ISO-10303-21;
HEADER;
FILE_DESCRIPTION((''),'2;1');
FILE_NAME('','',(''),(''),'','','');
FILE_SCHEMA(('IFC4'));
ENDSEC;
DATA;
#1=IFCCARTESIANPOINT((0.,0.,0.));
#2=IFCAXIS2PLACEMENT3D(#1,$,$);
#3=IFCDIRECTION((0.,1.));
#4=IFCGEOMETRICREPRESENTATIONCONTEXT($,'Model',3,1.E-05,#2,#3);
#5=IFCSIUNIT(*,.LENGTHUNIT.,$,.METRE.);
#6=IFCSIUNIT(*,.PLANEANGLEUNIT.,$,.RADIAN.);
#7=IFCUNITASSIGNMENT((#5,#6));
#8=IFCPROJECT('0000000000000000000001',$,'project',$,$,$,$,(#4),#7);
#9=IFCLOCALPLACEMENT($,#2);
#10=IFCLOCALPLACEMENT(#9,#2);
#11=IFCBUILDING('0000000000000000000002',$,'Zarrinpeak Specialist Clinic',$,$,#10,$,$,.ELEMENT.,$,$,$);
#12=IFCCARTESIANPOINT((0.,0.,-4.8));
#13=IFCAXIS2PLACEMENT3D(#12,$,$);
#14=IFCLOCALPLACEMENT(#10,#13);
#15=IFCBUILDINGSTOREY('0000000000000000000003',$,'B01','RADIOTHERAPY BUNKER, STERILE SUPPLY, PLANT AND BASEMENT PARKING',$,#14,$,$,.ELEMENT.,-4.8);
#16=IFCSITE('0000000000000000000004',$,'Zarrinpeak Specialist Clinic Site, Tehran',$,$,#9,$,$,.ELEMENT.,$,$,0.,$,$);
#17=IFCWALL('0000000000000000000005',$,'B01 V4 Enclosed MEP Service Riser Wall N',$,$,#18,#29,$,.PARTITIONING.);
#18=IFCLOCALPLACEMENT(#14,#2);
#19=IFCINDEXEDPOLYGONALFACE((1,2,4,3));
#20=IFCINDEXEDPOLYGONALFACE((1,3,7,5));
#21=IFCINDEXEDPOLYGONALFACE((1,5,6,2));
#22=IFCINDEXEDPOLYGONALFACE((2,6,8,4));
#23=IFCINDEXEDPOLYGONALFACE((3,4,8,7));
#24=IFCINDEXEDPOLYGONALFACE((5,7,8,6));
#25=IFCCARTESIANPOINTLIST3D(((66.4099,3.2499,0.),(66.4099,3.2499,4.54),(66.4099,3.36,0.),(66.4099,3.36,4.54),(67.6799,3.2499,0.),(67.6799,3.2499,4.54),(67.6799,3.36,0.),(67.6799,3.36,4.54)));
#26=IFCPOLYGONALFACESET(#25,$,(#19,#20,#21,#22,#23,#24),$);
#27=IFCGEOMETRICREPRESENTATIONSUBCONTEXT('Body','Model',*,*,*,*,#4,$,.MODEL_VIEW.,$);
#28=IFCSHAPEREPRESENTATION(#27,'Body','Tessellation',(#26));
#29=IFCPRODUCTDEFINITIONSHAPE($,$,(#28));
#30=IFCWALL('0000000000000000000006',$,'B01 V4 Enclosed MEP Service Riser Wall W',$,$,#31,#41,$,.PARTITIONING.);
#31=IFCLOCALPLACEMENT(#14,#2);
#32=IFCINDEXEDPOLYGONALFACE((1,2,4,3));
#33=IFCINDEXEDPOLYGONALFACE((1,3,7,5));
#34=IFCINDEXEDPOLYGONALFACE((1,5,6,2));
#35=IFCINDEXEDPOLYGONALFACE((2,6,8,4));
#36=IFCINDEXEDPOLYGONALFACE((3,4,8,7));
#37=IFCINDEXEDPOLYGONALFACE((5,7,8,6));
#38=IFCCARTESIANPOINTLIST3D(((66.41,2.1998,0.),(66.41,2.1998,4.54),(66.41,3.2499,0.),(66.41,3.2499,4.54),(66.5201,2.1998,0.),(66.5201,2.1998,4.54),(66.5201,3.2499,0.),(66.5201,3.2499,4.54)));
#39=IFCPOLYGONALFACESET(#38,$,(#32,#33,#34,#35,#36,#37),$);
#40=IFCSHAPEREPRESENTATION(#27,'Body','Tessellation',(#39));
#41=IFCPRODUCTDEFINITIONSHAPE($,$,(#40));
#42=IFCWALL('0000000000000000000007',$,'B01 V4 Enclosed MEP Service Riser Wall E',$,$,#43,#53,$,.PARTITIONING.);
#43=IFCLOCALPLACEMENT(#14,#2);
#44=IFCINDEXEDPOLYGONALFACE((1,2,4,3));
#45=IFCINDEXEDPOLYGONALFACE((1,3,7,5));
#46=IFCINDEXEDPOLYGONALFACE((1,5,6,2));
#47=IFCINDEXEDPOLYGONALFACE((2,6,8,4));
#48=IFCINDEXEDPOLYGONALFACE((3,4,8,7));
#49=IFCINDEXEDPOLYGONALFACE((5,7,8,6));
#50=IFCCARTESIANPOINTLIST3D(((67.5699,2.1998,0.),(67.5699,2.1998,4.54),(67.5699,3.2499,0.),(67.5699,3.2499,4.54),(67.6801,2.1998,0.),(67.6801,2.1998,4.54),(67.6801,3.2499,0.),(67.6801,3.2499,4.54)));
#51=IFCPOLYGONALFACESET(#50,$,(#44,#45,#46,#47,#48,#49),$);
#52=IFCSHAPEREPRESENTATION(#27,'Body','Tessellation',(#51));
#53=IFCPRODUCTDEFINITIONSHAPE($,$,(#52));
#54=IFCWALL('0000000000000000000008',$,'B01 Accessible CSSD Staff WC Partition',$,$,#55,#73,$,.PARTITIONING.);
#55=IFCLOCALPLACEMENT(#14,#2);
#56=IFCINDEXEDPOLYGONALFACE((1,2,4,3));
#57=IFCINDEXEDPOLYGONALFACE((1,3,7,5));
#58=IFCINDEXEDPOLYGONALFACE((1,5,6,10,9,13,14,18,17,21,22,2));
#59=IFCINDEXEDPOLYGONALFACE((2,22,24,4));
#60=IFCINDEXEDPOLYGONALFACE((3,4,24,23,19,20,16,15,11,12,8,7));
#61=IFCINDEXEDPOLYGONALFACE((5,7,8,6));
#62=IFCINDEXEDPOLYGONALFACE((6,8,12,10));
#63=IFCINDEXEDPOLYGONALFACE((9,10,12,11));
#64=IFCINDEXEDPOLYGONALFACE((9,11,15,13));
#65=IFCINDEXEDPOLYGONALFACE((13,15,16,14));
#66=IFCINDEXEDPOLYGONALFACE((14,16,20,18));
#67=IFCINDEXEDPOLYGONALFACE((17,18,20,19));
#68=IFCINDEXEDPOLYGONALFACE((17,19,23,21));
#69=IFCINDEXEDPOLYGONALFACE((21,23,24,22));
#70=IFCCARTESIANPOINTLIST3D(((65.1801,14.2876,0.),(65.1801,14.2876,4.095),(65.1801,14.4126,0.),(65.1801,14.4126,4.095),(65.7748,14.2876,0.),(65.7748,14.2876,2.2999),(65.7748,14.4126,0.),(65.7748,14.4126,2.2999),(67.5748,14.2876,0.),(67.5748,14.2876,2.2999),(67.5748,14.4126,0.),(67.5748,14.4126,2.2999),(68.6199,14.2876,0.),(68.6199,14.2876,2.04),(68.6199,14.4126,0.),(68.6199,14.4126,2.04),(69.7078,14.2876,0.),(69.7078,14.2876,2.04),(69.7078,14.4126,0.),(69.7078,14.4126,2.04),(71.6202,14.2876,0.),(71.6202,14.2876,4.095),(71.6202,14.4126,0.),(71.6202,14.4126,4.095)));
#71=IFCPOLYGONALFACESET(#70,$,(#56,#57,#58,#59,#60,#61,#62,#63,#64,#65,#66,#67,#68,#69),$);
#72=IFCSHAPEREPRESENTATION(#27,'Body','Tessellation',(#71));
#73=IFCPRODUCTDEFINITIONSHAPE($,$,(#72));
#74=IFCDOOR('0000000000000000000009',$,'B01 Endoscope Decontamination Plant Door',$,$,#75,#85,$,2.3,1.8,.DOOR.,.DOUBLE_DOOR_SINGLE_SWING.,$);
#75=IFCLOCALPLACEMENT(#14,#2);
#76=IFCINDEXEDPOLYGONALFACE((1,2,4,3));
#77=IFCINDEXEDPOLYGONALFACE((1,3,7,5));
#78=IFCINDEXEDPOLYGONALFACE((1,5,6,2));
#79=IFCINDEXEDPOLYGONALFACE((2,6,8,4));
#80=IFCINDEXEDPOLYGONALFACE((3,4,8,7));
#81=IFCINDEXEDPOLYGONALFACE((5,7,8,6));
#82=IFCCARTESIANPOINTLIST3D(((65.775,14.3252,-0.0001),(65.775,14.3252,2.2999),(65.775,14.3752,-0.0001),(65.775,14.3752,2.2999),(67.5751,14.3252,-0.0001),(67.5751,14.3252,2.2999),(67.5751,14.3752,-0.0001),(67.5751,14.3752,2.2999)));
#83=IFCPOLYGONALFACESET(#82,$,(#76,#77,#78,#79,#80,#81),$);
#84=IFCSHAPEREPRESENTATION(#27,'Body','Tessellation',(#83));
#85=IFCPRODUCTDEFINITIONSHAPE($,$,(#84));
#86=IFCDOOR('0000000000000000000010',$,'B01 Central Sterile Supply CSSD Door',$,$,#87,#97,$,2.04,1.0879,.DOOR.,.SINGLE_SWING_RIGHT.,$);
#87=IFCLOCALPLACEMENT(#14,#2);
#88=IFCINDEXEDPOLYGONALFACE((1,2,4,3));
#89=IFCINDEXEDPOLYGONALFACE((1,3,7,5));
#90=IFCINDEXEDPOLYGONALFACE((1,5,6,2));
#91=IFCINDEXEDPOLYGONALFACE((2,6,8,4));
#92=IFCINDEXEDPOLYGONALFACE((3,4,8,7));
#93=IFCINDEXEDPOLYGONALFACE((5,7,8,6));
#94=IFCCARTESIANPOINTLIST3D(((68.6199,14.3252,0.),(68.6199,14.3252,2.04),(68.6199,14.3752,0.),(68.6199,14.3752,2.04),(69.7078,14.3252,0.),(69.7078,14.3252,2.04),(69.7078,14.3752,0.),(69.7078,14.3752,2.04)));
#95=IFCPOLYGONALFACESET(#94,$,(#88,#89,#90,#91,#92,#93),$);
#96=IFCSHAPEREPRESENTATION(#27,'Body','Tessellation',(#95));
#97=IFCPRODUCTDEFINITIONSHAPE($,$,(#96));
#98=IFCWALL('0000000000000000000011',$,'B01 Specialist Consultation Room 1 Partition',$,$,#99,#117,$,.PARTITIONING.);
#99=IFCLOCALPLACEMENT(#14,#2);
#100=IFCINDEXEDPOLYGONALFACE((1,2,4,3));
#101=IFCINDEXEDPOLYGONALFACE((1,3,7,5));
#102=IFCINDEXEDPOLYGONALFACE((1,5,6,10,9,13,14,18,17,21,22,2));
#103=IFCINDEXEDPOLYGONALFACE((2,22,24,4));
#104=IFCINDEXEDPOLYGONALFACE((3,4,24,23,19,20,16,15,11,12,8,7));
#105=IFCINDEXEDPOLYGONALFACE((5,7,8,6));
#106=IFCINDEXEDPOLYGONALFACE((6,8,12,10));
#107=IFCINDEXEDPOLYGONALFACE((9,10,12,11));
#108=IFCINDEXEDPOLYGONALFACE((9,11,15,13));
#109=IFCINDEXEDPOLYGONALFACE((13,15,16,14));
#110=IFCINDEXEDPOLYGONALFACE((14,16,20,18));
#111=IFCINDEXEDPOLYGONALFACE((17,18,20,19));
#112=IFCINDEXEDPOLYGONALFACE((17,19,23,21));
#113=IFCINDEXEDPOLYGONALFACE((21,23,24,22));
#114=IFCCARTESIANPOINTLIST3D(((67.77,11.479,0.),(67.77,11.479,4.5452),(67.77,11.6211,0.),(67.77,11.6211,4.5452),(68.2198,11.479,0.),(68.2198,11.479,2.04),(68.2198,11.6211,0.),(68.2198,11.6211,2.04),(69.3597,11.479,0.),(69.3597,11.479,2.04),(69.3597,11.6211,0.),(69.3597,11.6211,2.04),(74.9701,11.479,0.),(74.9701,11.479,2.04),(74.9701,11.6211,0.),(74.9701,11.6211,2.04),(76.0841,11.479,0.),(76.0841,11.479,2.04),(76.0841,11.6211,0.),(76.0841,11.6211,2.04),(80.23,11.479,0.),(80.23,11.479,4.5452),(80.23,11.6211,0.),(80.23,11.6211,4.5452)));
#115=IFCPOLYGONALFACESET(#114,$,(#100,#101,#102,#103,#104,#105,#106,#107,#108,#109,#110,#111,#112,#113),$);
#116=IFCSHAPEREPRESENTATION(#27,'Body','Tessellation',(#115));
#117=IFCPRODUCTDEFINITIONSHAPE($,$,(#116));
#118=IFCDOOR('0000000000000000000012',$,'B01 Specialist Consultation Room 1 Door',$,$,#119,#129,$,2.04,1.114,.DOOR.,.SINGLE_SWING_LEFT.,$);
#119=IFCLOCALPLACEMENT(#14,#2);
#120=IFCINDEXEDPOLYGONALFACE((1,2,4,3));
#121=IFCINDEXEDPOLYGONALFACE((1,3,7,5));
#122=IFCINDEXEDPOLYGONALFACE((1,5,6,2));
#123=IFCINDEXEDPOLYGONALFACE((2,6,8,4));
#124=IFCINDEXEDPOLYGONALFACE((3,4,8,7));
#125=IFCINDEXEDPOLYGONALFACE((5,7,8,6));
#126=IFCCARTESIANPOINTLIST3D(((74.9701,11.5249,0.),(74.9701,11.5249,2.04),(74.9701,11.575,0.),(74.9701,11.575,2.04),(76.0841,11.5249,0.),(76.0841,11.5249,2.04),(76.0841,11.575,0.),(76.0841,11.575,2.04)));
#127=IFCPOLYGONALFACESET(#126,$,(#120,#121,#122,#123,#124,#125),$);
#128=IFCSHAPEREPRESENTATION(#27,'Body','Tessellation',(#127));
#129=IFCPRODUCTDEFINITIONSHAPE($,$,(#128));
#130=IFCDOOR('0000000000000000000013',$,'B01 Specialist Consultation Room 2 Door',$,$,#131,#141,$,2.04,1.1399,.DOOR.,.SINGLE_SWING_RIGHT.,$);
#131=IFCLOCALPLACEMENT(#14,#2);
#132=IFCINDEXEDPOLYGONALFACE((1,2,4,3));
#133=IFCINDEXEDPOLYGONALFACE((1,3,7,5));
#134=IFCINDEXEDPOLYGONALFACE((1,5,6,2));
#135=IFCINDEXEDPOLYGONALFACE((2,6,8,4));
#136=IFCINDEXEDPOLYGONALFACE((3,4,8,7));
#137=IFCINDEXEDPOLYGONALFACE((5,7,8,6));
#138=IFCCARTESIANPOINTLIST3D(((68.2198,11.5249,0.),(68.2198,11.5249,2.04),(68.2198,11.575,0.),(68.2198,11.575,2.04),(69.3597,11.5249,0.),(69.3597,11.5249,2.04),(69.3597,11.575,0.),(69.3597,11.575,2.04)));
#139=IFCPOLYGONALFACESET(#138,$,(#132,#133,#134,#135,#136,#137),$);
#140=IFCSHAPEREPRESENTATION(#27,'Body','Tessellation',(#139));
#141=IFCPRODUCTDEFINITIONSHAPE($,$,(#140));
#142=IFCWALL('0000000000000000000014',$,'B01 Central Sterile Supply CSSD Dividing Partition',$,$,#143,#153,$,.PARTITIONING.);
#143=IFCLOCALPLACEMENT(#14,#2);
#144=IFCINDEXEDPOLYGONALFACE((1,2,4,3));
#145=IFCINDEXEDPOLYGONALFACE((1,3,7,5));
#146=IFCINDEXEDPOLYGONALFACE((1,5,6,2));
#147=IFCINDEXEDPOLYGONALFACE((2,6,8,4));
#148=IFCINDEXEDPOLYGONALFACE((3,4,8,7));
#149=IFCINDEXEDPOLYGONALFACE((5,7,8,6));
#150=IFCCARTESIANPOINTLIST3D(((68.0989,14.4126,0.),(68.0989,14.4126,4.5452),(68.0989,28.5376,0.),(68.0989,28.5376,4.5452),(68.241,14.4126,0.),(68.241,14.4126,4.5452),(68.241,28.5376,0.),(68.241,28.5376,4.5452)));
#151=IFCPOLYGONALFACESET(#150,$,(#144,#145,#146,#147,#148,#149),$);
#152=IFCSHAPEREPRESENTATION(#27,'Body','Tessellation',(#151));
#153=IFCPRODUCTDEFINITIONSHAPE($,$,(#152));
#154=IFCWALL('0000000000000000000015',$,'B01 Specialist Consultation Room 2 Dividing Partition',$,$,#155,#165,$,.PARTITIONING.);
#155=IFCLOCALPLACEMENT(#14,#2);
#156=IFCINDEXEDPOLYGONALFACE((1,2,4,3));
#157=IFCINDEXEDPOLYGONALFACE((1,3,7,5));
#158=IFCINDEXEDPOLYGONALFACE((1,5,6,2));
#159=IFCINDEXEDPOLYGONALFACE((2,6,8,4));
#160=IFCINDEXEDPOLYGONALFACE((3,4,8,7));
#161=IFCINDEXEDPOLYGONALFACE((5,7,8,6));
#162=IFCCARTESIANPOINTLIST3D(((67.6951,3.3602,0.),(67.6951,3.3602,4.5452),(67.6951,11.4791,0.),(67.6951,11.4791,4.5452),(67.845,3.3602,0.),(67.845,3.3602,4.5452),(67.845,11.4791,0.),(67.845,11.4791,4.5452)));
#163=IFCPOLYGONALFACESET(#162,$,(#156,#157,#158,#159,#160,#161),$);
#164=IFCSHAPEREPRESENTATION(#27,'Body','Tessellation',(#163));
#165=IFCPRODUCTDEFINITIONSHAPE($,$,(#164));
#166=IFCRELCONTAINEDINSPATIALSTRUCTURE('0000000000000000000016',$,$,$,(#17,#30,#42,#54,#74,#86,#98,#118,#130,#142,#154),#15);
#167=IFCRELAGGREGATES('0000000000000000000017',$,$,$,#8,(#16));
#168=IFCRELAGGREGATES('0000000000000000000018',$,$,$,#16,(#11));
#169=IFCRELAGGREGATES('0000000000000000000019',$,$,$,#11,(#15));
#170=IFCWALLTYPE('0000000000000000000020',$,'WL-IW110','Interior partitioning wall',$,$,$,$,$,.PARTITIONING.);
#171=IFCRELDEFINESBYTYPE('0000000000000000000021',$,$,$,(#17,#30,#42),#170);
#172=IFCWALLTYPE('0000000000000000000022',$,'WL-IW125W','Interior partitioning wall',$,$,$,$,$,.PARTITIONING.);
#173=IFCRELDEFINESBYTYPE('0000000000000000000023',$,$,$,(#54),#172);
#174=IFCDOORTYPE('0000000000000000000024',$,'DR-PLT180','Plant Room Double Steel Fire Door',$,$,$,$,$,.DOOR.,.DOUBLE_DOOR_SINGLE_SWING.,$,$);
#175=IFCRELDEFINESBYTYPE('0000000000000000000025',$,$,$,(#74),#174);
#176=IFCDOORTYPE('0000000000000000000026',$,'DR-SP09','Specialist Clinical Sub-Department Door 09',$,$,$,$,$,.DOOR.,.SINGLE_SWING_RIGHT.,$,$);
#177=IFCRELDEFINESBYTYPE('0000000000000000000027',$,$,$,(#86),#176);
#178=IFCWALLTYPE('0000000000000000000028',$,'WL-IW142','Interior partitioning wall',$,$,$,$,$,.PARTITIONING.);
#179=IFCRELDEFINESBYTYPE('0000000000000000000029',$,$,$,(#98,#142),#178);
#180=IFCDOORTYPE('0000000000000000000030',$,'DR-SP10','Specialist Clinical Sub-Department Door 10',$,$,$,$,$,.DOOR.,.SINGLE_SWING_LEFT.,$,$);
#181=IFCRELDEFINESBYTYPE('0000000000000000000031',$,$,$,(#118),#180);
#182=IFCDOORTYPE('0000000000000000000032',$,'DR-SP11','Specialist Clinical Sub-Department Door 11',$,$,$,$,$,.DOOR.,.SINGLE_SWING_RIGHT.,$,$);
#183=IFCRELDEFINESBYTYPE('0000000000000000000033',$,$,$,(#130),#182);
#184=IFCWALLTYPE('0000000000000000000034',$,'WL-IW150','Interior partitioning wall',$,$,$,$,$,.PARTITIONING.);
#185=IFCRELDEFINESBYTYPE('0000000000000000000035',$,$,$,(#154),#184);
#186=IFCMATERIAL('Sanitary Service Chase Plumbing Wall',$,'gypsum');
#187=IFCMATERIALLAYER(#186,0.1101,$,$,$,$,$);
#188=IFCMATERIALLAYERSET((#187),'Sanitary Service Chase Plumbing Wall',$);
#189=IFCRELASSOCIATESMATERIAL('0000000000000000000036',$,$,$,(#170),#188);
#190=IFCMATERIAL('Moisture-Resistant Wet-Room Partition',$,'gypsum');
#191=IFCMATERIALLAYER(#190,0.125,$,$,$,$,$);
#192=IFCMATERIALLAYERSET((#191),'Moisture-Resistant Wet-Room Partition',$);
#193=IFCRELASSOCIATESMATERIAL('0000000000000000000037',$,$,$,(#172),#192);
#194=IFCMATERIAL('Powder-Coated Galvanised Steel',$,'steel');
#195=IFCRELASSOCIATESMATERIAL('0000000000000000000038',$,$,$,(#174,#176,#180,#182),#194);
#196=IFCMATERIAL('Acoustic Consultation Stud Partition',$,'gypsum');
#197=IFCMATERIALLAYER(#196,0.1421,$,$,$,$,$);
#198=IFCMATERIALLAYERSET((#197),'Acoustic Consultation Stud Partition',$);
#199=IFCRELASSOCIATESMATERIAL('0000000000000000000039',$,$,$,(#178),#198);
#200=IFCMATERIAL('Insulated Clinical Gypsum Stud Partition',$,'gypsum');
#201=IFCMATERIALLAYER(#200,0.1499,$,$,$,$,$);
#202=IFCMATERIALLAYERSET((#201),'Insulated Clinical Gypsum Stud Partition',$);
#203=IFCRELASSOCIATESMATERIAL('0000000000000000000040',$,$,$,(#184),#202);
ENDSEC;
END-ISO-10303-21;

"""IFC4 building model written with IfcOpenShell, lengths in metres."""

from ifc_helpers import new_model, si_unit, direction, frame, frame_2d, origin, place, context, subcontext, project, spatial, rectangle, extrude, material, layer, layer_set, type_object, element, fill, save


model = new_model("IFC4")

# Units and contexts
model_context = context("Model", 3, precision=1e-05, world=origin(), true_north=direction((0.0, 1.0)))
body_context = subcontext(model_context, "Body", "Model", "MODEL_VIEW")
ifc_project = project(units=[si_unit("LENGTHUNIT", "METRE"), si_unit("PLANEANGLEUNIT", "RADIAN")], contexts=[model_context])

# Site, building, storey
site_placement = place(None, origin())
site = spatial("IfcSite", under=ifc_project, at=site_placement, Name="Zarrinpeak Specialist Clinic Site, Tehran", CompositionType="ELEMENT", RefElevation=0.0)
building_placement = place(site_placement, origin())
building = spatial("IfcBuilding", under=site, at=building_placement, Name="Zarrinpeak Specialist Clinic", CompositionType="ELEMENT")
storey_placement = place(building_placement, frame((0.0, 0.0, -4.8)))
storey = spatial("IfcBuildingStorey", under=building, at=storey_placement, Name="B01", Description="RADIOTHERAPY BUNKER, STERILE SUPPLY, PLANT AND BASEMENT PARKING", CompositionType="ELEMENT", Elevation=-4.8)

# Shared definitions
ifc_material_1 = material(Name="Powder-Coated Galvanised Steel", Category="steel")

# Walls
ifc_material_2 = material(Name="Sanitary Service Chase Plumbing Wall", Category="gypsum")
ifc_layer_1 = layer(ifc_material_2, 0.1101)
ifc_layer_set_1 = layer_set([ifc_layer_1], Name="Sanitary Service Chase Plumbing Wall")
wall_type_1 = type_object("IfcWallType", Name="WL-IW110", Description="Interior partitioning wall", PredefinedType="PARTITIONING", material=ifc_layer_set_1)
for number, where, z_axis, x_axis, name in (
    (1, (66.4099, 3.3049, 0.0), (0.0, 0.0, 1.0), (1.0, 0.0, 0.0), "B01 V4 Enclosed MEP Service Riser Wall N"),
):
    element("IfcWall", number, at=place(storey_placement, frame(where, z_axis=z_axis, x_axis=x_axis)), inside=storey, type_object=wall_type_1, Name=name, PredefinedType="PARTITIONING", context=body_context, shape_type="SweptSolid", body=[
        extrude(rectangle(XDim=1.27, YDim=0.1101, at=frame_2d((0.635, 0.0))), origin(), (0.0, 0.0, 1.0), 4.54),
    ])
for number, where, z_axis, x_axis, name in (
    (2, (66.4651, 2.2, 0.0), (0.0, 0.0, 1.0), (0.0, 1.0, 0.0), "B01 V4 Enclosed MEP Service Riser Wall W"),
    (3, (67.625, 2.2, 0.0), (0.0, 0.0, 1.0), (0.0, 1.0, 0.0), "B01 V4 Enclosed MEP Service Riser Wall E"),
):
    element("IfcWall", number, at=place(storey_placement, frame(where, z_axis=z_axis, x_axis=x_axis)), inside=storey, type_object=wall_type_1, Name=name, PredefinedType="PARTITIONING", context=body_context, shape_type="SweptSolid", body=[
        extrude(rectangle(XDim=1.05, YDim=0.1101, at=frame_2d((0.5249, 0.0))), origin(), (0.0, 0.0, 1.0), 4.54),
    ])

# Walls, openings, doors
ifc_material_3 = material(Name="Moisture-Resistant Wet-Room Partition", Category="gypsum")
ifc_layer_2 = layer(ifc_material_3, 0.125)
ifc_layer_set_2 = layer_set([ifc_layer_2], Name="Moisture-Resistant Wet-Room Partition")
wall_type_2 = type_object("IfcWallType", Name="WL-IW125W", Description="Interior partitioning wall", PredefinedType="PARTITIONING", material=ifc_layer_set_2)
wall_1_placement = place(storey_placement, frame((65.1799, 14.3501, 0.0), z_axis=(0.0, 0.0, 1.0), x_axis=(1.0, 0.0, 0.0)))
wall_1 = element("IfcWall", 4, at=wall_1_placement, inside=storey, type_object=wall_type_2, Name="B01 Accessible CSSD Staff WC Partition", PredefinedType="PARTITIONING", context=body_context, shape_type="SweptSolid", body=[
    extrude(rectangle(XDim=6.4402, YDim=0.125, at=frame_2d((3.2202, 0.0))), origin(), (0.0, 0.0, 1.0), 4.095),
])
opening_1_placement = place(wall_1_placement, frame((3.4399, 0.0, 0.0)))
opening_1 = element("IfcOpeningElement", 5, at=opening_1_placement, cuts=wall_1, PredefinedType="OPENING", context=body_context, shape_type="SweptSolid", body=[
    extrude(rectangle(XDim=1.0879, YDim=2.04, at=frame_2d((0.5439, 1.02))), frame((0.0, 0.0725, 0.0), z_axis=(0.0, -1.0, 0.0), x_axis=(1.0, 0.0, 0.0)), (0.0, 0.0, 1.0), 0.145),
])
opening_2_placement = place(wall_1_placement, frame((0.595, 0.0, 0.0)))
opening_2 = element("IfcOpeningElement", 6, at=opening_2_placement, cuts=wall_1, PredefinedType="OPENING", context=body_context, shape_type="SweptSolid", body=[
    extrude(rectangle(XDim=1.8, YDim=2.3, at=frame_2d((0.8999, 1.1499))), frame((0.0, 0.0725, 0.0), z_axis=(0.0, -1.0, 0.0), x_axis=(1.0, 0.0, 0.0)), (0.0, 0.0, 1.0), 0.145),
])
door_type_1 = type_object("IfcDoorType", Name="DR-PLT180", Description="Plant Room Double Steel Fire Door", OperationType="DOUBLE_DOOR_SINGLE_SWING", PredefinedType="DOOR", material=ifc_material_1)
door_1_placement = place(opening_2_placement, frame((1.8, 0.0, 0.0), z_axis=(0.0, 0.0, 1.0), x_axis=(-1.0, 0.0, 0.0)))
door_1 = element("IfcDoor", 7, at=door_1_placement, inside=storey, type_object=door_type_1, Name="B01 Endoscope Decontamination Plant Door", OperationType="DOUBLE_DOOR_SINGLE_SWING", OverallHeight=2.3, OverallWidth=1.8, PredefinedType="DOOR", context=body_context, shape_type="SweptSolid", body=[
    extrude(rectangle(XDim=1.8, YDim=2.3, at=frame_2d((0.8999, 1.1499))), frame((0.0, 0.0249, 0.0), z_axis=(0.0, -1.0, 0.0), x_axis=(1.0, 0.0, 0.0)), (0.0, 0.0, 1.0), 0.05),
])
fill(opening_2, door_1)
door_type_2 = type_object("IfcDoorType", Name="DR-SP09", Description="Specialist Clinical Sub-Department Door 09", OperationType="SINGLE_SWING_RIGHT", PredefinedType="DOOR", material=ifc_material_1)
door_2_placement = place(opening_1_placement, frame((1.0879, 0.0, 0.0), z_axis=(0.0, 0.0, 1.0), x_axis=(-1.0, 0.0, 0.0)))
door_2 = element("IfcDoor", 8, at=door_2_placement, inside=storey, type_object=door_type_2, Name="B01 Central Sterile Supply CSSD Door", OperationType="SINGLE_SWING_RIGHT", OverallHeight=2.04, OverallWidth=1.0879, PredefinedType="DOOR", context=body_context, shape_type="SweptSolid", body=[
    extrude(rectangle(XDim=1.0879, YDim=2.04, at=frame_2d((0.5439, 1.02))), frame((0.0, 0.0249, 0.0), z_axis=(0.0, -1.0, 0.0), x_axis=(1.0, 0.0, 0.0)), (0.0, 0.0, 1.0), 0.05),
])
fill(opening_1, door_2)
ifc_material_4 = material(Name="Acoustic Consultation Stud Partition", Category="gypsum")
ifc_layer_3 = layer(ifc_material_4, 0.1421)
ifc_layer_set_3 = layer_set([ifc_layer_3], Name="Acoustic Consultation Stud Partition")
wall_type_3 = type_object("IfcWallType", Name="WL-IW142", Description="Interior partitioning wall", PredefinedType="PARTITIONING", material=ifc_layer_set_3)
wall_2_placement = place(storey_placement, frame((67.77, 11.55, 0.0), z_axis=(0.0, 0.0, 1.0), x_axis=(1.0, 0.0, 0.0)))
wall_2 = element("IfcWall", 9, at=wall_2_placement, inside=storey, type_object=wall_type_3, Name="B01 Specialist Consultation Room 1 Partition", PredefinedType="PARTITIONING", context=body_context, shape_type="SweptSolid", body=[
    extrude(rectangle(XDim=12.46, YDim=0.1421, at=frame_2d((6.23, 0.0))), origin(), (0.0, 0.0, 1.0), 4.5452),
])
opening_3_placement = place(wall_2_placement, frame((7.2, 0.0, 0.0)))
opening_3 = element("IfcOpeningElement", 10, at=opening_3_placement, cuts=wall_2, PredefinedType="OPENING", context=body_context, shape_type="SweptSolid", body=[
    extrude(rectangle(XDim=1.114, YDim=2.04, at=frame_2d((0.5571, 1.02))), frame((0.0, 0.0811, 0.0), z_axis=(0.0, -1.0, 0.0), x_axis=(1.0, 0.0, 0.0)), (0.0, 0.0, 1.0), 0.1621),
])
opening_4_placement = place(wall_2_placement, frame((0.45, 0.0, 0.0)))
opening_4 = element("IfcOpeningElement", 11, at=opening_4_placement, cuts=wall_2, PredefinedType="OPENING", context=body_context, shape_type="SweptSolid", body=[
    extrude(rectangle(XDim=1.1399, YDim=2.04, at=frame_2d((0.5698, 1.02))), frame((0.0, 0.0811, 0.0), z_axis=(0.0, -1.0, 0.0), x_axis=(1.0, 0.0, 0.0)), (0.0, 0.0, 1.0), 0.1621),
])
door_type_3 = type_object("IfcDoorType", Name="DR-SP10", Description="Specialist Clinical Sub-Department Door 10", OperationType="SINGLE_SWING_LEFT", PredefinedType="DOOR", material=ifc_material_1)
door_3_placement = place(opening_3_placement, origin())
door_3 = element("IfcDoor", 12, at=door_3_placement, inside=storey, type_object=door_type_3, Name="B01 Specialist Consultation Room 1 Door", OperationType="SINGLE_SWING_LEFT", OverallHeight=2.04, OverallWidth=1.114, PredefinedType="DOOR", context=body_context, shape_type="SweptSolid", body=[
    extrude(rectangle(XDim=1.114, YDim=2.04, at=frame_2d((0.5571, 1.02))), frame((0.0, 0.0249, 0.0), z_axis=(0.0, -1.0, 0.0), x_axis=(1.0, 0.0, 0.0)), (0.0, 0.0, 1.0), 0.05),
])
fill(opening_3, door_3)
door_type_4 = type_object("IfcDoorType", Name="DR-SP11", Description="Specialist Clinical Sub-Department Door 11", OperationType="SINGLE_SWING_RIGHT", PredefinedType="DOOR", material=ifc_material_1)
door_4_placement = place(opening_4_placement, origin())
door_4 = element("IfcDoor", 13, at=door_4_placement, inside=storey, type_object=door_type_4, Name="B01 Specialist Consultation Room 2 Door", OperationType="SINGLE_SWING_RIGHT", OverallHeight=2.04, OverallWidth=1.1399, PredefinedType="DOOR", context=body_context, shape_type="SweptSolid", body=[
    extrude(rectangle(XDim=1.1399, YDim=2.04, at=frame_2d((0.5698, 1.02))), frame((0.0, 0.0249, 0.0), z_axis=(0.0, -1.0, 0.0), x_axis=(1.0, 0.0, 0.0)), (0.0, 0.0, 1.0), 0.05),
])
fill(opening_4, door_4)

# Walls
wall_3_placement = place(storey_placement, frame((68.1699, 14.4126, 0.0), z_axis=(0.0, 0.0, 1.0), x_axis=(0.0, 1.0, 0.0)))
element("IfcWall", 14, at=wall_3_placement, inside=storey, type_object=wall_type_3, Name="B01 Central Sterile Supply CSSD Dividing Partition", PredefinedType="PARTITIONING", context=body_context, shape_type="SweptSolid", body=[
    extrude(rectangle(XDim=14.125, YDim=0.1421, at=frame_2d((7.0625, 0.0))), origin(), (0.0, 0.0, 1.0), 4.5452),
])
ifc_material_5 = material(Name="Insulated Clinical Gypsum Stud Partition", Category="gypsum")
ifc_layer_4 = layer(ifc_material_5, 0.1499)
ifc_layer_set_4 = layer_set([ifc_layer_4], Name="Insulated Clinical Gypsum Stud Partition")
wall_type_4 = type_object("IfcWallType", Name="WL-IW150", Description="Interior partitioning wall", PredefinedType="PARTITIONING", material=ifc_layer_set_4)
wall_4_placement = place(storey_placement, frame((67.77, 3.3601, 0.0), z_axis=(0.0, 0.0, 1.0), x_axis=(0.0, 1.0, 0.0)))
element("IfcWall", 15, at=wall_4_placement, inside=storey, type_object=wall_type_4, Name="B01 Specialist Consultation Room 2 Dividing Partition", PredefinedType="PARTITIONING", context=body_context, shape_type="SweptSolid", body=[
    extrude(rectangle(XDim=8.1189, YDim=0.1499, at=frame_2d((4.0596, 0.0))), origin(), (0.0, 0.0, 1.0), 4.5452),
])

save(model, "model.ifc")
